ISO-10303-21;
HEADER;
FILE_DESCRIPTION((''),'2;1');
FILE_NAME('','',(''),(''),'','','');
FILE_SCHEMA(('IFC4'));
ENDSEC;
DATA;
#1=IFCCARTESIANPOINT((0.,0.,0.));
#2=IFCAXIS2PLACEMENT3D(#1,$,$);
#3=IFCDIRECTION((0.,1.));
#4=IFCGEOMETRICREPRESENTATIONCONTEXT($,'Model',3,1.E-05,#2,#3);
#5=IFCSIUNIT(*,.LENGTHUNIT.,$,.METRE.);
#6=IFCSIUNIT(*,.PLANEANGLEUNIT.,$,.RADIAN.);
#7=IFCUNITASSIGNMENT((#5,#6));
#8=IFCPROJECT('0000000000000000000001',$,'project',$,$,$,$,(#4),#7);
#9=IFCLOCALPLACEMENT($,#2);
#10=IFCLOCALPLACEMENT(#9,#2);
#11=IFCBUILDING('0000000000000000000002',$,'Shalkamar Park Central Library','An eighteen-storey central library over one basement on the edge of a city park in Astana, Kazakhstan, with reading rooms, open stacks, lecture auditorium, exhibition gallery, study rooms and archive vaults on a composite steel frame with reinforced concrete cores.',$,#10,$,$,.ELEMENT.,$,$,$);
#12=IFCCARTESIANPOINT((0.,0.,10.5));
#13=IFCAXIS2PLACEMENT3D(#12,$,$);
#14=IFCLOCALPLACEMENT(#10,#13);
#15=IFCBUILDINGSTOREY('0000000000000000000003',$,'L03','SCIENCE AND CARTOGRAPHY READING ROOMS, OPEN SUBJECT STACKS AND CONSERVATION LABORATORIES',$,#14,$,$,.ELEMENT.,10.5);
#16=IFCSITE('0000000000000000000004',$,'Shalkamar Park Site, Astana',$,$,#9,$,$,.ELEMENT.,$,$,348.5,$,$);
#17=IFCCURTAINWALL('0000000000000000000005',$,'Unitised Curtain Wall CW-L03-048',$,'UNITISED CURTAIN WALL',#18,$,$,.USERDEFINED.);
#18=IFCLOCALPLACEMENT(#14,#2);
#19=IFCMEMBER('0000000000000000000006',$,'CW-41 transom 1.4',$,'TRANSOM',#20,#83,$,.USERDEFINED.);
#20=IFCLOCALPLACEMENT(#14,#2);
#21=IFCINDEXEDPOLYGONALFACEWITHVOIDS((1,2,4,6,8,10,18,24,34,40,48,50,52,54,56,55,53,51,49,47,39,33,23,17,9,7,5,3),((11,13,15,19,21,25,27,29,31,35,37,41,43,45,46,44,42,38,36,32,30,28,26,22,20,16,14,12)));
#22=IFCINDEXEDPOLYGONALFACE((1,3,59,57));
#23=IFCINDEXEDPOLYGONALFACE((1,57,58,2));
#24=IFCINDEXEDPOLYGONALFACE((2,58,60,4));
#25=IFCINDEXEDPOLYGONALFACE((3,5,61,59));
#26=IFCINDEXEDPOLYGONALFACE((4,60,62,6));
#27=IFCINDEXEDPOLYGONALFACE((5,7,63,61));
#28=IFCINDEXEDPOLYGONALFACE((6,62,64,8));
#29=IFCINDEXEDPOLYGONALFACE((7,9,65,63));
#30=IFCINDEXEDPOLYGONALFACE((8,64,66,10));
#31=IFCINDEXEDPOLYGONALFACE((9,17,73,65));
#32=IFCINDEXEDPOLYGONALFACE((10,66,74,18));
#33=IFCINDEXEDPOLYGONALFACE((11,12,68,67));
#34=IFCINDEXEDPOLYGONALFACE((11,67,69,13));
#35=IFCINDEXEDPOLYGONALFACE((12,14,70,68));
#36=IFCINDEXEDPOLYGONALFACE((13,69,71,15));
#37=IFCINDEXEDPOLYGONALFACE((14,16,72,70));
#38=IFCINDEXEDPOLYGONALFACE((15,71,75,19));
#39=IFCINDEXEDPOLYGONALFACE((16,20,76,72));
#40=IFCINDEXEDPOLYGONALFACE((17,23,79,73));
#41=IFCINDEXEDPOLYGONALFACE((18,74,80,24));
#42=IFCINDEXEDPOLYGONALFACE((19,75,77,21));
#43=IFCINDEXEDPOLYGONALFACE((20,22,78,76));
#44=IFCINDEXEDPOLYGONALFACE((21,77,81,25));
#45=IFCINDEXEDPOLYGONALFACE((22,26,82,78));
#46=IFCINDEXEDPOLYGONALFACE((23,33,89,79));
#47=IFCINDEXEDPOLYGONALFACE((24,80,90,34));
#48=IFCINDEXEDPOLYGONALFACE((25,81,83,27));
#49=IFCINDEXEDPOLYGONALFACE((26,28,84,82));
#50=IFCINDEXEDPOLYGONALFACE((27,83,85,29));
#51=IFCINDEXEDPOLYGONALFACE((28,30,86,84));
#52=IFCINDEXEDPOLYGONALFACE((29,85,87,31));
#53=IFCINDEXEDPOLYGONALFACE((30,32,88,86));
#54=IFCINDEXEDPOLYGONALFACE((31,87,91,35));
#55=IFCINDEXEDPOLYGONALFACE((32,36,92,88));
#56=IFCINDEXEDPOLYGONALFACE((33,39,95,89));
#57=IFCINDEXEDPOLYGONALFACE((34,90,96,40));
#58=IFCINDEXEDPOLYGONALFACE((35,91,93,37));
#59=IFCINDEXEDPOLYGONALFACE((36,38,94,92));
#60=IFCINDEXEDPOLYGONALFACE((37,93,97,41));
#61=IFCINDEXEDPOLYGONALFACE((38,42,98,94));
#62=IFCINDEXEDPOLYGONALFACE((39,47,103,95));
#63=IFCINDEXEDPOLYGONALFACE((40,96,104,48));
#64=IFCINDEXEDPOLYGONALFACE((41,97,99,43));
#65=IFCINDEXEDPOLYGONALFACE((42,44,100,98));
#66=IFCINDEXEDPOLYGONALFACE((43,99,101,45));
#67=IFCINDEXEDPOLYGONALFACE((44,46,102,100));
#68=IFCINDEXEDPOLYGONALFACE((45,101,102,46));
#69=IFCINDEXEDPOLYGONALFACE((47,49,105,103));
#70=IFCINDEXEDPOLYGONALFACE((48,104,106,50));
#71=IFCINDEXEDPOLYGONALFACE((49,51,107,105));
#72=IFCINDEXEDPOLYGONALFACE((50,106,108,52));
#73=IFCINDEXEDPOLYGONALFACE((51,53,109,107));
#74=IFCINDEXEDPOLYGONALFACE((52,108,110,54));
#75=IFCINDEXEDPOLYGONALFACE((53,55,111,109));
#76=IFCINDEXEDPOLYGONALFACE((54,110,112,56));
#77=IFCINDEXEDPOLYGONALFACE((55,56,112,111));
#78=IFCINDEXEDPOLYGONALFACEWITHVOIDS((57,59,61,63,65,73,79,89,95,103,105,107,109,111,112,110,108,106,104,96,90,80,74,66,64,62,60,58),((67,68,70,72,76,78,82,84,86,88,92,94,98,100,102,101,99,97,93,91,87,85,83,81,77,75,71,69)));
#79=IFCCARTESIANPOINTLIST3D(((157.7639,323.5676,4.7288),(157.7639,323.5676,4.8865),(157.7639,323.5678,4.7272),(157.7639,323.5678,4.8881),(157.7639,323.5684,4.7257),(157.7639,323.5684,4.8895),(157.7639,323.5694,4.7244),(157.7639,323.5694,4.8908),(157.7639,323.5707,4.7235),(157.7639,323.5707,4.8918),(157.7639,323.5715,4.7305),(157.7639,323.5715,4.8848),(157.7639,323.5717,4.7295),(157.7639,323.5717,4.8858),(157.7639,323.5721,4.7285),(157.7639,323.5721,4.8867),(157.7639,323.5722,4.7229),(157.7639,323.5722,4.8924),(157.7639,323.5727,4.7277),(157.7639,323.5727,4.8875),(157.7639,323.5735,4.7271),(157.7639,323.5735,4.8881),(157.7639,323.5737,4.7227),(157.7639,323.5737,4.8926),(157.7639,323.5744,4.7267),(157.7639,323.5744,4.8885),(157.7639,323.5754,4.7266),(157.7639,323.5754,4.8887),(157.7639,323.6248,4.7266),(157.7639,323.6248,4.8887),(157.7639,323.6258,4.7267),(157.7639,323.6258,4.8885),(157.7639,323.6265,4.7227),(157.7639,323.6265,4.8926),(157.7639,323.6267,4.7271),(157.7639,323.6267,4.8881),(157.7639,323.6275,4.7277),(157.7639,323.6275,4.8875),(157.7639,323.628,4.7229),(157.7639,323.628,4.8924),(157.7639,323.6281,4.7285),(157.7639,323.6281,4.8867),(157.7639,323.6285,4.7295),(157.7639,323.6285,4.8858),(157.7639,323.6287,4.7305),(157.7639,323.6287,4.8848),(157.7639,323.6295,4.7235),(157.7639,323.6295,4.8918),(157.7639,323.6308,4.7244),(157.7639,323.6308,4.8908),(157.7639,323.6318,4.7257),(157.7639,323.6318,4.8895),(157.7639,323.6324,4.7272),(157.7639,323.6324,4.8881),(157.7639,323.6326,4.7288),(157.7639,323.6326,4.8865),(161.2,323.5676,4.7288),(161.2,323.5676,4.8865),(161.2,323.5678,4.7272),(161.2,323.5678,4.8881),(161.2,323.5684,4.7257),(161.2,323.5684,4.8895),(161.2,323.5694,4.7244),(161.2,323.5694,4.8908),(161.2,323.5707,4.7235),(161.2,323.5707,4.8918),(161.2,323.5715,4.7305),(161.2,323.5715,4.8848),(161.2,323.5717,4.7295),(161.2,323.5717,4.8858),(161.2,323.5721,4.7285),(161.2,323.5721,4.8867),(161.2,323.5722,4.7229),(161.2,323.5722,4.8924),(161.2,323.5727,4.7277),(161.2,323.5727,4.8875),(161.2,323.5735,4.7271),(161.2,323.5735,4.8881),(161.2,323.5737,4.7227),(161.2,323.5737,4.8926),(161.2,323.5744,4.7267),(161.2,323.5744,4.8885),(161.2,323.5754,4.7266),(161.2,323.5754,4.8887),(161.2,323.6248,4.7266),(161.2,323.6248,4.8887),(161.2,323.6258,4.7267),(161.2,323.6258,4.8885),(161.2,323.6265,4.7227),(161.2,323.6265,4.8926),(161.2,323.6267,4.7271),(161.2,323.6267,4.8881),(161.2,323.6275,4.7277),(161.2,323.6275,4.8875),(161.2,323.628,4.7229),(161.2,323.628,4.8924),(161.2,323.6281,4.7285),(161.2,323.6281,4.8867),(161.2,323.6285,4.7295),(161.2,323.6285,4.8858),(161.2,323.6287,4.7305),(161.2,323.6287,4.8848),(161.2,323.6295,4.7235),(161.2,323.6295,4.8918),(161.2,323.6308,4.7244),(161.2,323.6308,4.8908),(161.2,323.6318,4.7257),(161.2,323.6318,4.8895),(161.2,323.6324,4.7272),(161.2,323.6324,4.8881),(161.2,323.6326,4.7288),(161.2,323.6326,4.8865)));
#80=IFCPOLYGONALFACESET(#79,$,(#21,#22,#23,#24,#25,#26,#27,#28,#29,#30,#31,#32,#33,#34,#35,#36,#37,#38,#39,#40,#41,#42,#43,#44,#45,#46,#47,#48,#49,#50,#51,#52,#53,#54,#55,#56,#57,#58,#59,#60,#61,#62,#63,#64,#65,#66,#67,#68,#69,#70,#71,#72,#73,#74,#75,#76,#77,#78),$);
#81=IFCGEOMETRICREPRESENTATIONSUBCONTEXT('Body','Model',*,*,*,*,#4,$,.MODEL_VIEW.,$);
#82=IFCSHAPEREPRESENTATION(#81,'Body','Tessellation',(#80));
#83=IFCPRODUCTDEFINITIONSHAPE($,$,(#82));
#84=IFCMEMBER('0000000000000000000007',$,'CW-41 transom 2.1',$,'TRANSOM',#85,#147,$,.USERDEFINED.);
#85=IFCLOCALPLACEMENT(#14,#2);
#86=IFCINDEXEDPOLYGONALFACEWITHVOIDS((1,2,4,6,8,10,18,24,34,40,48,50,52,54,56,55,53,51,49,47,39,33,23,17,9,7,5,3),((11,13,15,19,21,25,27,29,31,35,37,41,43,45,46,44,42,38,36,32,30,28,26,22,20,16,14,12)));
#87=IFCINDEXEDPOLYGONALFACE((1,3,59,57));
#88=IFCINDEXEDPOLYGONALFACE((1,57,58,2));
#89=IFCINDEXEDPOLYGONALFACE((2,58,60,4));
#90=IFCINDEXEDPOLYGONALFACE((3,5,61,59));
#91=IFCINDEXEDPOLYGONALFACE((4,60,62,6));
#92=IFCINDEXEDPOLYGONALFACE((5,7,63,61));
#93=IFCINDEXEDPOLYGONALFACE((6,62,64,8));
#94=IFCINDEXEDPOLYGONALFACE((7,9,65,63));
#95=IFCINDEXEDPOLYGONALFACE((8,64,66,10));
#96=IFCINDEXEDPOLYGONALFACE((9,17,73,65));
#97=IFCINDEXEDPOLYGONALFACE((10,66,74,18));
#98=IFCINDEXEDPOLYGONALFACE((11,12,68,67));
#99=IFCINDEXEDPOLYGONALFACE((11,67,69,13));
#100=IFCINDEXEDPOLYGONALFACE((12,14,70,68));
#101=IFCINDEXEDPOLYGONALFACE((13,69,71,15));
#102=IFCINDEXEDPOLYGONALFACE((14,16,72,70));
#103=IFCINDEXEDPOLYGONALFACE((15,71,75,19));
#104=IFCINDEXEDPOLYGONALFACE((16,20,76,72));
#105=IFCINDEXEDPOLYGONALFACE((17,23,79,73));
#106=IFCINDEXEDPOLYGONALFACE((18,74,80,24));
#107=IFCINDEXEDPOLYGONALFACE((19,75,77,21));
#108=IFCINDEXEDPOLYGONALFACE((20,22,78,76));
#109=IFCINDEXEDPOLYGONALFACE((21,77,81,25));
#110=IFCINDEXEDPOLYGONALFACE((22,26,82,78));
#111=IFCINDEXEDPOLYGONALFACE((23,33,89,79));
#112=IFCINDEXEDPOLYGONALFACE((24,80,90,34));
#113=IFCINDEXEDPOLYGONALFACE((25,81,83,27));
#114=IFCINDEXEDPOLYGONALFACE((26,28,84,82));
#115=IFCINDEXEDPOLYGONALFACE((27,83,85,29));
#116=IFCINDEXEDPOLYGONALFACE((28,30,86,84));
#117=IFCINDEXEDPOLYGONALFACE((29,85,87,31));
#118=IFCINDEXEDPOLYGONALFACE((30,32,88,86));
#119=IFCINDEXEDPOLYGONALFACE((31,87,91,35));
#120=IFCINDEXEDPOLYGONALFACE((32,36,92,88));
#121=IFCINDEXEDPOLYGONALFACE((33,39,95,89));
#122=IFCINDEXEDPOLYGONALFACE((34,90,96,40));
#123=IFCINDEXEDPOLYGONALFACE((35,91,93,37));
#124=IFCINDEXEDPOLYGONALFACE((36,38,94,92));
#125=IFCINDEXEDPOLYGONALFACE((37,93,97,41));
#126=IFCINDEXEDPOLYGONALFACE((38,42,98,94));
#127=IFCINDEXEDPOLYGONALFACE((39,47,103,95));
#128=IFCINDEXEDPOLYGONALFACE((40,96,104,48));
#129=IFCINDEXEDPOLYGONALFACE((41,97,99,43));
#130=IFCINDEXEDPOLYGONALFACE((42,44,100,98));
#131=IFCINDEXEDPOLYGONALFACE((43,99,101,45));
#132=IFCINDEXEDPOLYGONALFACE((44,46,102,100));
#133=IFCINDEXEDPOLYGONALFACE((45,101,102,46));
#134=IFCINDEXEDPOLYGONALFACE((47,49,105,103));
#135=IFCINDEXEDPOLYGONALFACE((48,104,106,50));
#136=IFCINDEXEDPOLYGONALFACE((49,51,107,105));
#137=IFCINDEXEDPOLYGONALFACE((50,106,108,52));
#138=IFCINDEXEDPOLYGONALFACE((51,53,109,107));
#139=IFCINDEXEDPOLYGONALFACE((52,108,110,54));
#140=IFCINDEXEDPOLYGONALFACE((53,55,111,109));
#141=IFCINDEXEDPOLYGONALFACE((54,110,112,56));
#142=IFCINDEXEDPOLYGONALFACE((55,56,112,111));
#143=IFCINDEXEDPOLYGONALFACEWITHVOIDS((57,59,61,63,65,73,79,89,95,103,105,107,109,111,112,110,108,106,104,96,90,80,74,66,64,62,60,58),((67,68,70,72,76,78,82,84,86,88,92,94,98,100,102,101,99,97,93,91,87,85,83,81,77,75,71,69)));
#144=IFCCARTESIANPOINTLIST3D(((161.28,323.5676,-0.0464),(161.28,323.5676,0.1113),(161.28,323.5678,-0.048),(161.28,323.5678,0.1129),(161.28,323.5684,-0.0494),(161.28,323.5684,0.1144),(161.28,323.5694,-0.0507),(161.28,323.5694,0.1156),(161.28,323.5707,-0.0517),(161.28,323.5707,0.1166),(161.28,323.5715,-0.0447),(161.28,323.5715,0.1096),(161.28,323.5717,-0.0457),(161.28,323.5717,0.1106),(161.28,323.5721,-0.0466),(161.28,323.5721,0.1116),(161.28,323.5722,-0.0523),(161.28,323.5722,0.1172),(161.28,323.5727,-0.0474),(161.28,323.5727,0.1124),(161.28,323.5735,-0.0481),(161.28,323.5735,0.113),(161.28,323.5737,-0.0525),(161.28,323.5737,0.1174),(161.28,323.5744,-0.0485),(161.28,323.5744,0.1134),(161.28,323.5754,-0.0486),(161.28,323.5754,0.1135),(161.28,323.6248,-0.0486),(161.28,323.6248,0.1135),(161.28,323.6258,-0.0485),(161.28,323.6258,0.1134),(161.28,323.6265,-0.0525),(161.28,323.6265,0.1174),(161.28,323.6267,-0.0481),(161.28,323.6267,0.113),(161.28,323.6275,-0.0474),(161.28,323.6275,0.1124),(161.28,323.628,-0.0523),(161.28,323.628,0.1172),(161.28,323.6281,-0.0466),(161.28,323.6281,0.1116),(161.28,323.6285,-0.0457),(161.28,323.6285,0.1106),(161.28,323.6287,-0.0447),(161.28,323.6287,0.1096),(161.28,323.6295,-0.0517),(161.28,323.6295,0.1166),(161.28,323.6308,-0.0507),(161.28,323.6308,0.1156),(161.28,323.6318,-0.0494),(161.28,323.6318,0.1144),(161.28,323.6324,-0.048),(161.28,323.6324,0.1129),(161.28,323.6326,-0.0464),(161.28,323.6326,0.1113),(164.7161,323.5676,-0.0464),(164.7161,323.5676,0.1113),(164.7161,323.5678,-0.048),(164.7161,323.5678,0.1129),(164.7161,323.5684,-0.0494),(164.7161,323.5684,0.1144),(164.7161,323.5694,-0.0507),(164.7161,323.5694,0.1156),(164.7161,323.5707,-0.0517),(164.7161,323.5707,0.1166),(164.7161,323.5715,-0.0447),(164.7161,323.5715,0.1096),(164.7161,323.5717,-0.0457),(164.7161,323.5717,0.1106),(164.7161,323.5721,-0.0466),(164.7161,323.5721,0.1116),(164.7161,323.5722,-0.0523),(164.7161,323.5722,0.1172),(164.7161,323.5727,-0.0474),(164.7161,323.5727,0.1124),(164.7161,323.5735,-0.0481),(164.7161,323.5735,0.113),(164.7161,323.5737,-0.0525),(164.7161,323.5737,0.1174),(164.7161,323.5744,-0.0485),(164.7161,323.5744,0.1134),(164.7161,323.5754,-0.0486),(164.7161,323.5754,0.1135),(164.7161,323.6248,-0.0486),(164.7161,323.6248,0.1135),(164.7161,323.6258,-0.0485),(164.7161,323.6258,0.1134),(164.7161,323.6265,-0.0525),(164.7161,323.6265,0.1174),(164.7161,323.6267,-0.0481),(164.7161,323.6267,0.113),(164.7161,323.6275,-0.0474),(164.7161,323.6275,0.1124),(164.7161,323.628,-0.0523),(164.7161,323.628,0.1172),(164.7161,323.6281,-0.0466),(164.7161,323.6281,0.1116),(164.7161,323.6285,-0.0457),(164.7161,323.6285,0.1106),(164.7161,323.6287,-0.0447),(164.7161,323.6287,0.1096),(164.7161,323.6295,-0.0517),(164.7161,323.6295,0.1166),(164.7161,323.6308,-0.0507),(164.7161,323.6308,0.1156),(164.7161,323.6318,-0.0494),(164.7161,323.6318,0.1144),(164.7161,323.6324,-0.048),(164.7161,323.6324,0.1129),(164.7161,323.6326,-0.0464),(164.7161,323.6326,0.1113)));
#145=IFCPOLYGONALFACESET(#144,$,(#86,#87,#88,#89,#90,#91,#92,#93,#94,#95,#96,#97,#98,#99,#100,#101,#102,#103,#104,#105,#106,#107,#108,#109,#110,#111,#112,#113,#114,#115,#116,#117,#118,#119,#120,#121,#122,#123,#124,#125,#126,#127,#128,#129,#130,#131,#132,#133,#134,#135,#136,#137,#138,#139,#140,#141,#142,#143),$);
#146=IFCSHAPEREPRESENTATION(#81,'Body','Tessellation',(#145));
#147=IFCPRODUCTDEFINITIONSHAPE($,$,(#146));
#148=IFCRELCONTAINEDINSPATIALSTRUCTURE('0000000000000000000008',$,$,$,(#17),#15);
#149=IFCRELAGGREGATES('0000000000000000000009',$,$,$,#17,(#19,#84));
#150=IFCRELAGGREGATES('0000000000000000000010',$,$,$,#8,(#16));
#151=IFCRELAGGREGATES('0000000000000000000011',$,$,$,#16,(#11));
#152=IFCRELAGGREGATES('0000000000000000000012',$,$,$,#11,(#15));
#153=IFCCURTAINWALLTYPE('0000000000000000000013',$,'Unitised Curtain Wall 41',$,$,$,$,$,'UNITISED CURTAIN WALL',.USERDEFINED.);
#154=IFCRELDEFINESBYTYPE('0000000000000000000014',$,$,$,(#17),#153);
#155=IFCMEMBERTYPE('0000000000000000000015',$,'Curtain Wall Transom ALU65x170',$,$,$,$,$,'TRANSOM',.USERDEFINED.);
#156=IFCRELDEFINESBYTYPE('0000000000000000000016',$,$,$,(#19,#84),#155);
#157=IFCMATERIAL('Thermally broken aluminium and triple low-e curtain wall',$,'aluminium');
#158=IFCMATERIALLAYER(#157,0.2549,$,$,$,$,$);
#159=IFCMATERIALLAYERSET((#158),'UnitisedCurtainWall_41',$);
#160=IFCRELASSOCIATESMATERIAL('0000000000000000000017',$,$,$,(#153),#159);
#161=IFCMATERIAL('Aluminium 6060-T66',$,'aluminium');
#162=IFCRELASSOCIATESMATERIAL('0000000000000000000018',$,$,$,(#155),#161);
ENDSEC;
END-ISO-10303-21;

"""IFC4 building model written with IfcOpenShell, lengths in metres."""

from ifc_helpers import new_model, si_unit, direction, frame, origin, origin_2d, place, context, subcontext, project, spatial, hollow_rectangle, extrude, material, layer, layer_set, material_profile, profile_set, type_object, element, aggregate, save


model = new_model("IFC4")

# Units and contexts
model_context = context("Model", 3, precision=1e-05, world=origin(), true_north=direction((0.0, 1.0)))
body_context = subcontext(model_context, "Body", "Model", "MODEL_VIEW")
ifc_project = project(units=[si_unit("LENGTHUNIT", "METRE"), si_unit("PLANEANGLEUNIT", "RADIAN")], contexts=[model_context])

# Site, building, storey
site_placement = place(None, origin())
site = spatial("IfcSite", under=ifc_project, at=site_placement, Name="Shalkamar Park Site, Astana", CompositionType="ELEMENT", RefElevation=348.5)
building_placement = place(site_placement, origin())
building = spatial("IfcBuilding", under=site, at=building_placement, Name="Shalkamar Park Central Library", Description="An eighteen-storey central library over one basement on the edge of a city park in Astana, Kazakhstan, with reading rooms, open stacks, lecture auditorium, exhibition gallery, study rooms and archive vaults on a composite steel frame with reinforced concrete cores.", CompositionType="ELEMENT")
storey_placement = place(building_placement, frame((0.0, 0.0, 10.5)))
storey = spatial("IfcBuildingStorey", under=building, at=storey_placement, Name="L03", Description="SCIENCE AND CARTOGRAPHY READING ROOMS, OPEN SUBJECT STACKS AND CONSERVATION LABORATORIES", CompositionType="ELEMENT", Elevation=10.5)

# Shared definitions
ifc_material_1 = material(Name="Thermally broken aluminium and triple low-e curtain wall", Category="aluminium")
ifc_material_2 = material(Name="Aluminium 6060-T66", Category="aluminium")

# Curtain wall, members
ifc_layer_1 = layer(ifc_material_1, 0.2549)
ifc_layer_set_1 = layer_set([ifc_layer_1], Name="UnitisedCurtainWall_41")
curtain_wall_type_1 = type_object("IfcCurtainWallType", Name="Unitised Curtain Wall 41", ElementType="UNITISED CURTAIN WALL", PredefinedType="USERDEFINED", material=ifc_layer_set_1)
curtain_wall_1_placement = place(storey_placement, origin())
curtain_wall_1 = element("IfcCurtainWall", 1, at=curtain_wall_1_placement, inside=storey, type_object=curtain_wall_type_1, Name="Unitised Curtain Wall CW-L03-048", ObjectType="UNITISED CURTAIN WALL", PredefinedType="USERDEFINED")
ifc_material_profile_1 = material_profile(ifc_material_2, hollow_rectangle(XDim=0.0649, YDim=0.1699, WallThickness=0.0039, InnerFilletRadius=0.0039, OuterFilletRadius=0.0061, at=origin_2d()), Name="ALU 65x170x4")
ifc_profile_set_1 = profile_set([ifc_material_profile_1], Name="Aluminium 6060-T66")
member_type_1 = type_object("IfcMemberType", Name="Curtain Wall Transom ALU65x170", ElementType="TRANSOM", PredefinedType="USERDEFINED", material=ifc_profile_set_1)
member_1_placement = place(storey_placement, frame((157.7639, 323.6001, 4.8076), z_axis=(1.0, 0.0, 0.0), x_axis=(0.0, 1.0, 0.0)))
member_1 = element("IfcMember", 2, at=member_1_placement, type_object=member_type_1, Name="CW-41 transom 1.4", ObjectType="TRANSOM", PredefinedType="USERDEFINED", context=body_context, shape_type="SweptSolid", body=[
    extrude(hollow_rectangle(XDim=0.0649, YDim=0.1699, WallThickness=0.0039, InnerFilletRadius=0.0039, OuterFilletRadius=0.0061, at=origin_2d()), origin(), (0.0, 0.0, 1.0), 3.436),
])
member_2_placement = place(storey_placement, frame((161.28, 323.6001, 0.0325), z_axis=(1.0, 0.0, 0.0), x_axis=(0.0, 1.0, 0.0)))
member_2 = element("IfcMember", 3, at=member_2_placement, type_object=member_type_1, Name="CW-41 transom 2.1", ObjectType="TRANSOM", PredefinedType="USERDEFINED", context=body_context, shape_type="SweptSolid", body=[
    extrude(hollow_rectangle(XDim=0.0649, YDim=0.1699, WallThickness=0.0039, InnerFilletRadius=0.0039, OuterFilletRadius=0.0061, at=origin_2d()), origin(), (0.0, 0.0, 1.0), 3.436),
])

aggregate(curtain_wall_1, [member_1, member_2])

save(model, "model.ifc")
